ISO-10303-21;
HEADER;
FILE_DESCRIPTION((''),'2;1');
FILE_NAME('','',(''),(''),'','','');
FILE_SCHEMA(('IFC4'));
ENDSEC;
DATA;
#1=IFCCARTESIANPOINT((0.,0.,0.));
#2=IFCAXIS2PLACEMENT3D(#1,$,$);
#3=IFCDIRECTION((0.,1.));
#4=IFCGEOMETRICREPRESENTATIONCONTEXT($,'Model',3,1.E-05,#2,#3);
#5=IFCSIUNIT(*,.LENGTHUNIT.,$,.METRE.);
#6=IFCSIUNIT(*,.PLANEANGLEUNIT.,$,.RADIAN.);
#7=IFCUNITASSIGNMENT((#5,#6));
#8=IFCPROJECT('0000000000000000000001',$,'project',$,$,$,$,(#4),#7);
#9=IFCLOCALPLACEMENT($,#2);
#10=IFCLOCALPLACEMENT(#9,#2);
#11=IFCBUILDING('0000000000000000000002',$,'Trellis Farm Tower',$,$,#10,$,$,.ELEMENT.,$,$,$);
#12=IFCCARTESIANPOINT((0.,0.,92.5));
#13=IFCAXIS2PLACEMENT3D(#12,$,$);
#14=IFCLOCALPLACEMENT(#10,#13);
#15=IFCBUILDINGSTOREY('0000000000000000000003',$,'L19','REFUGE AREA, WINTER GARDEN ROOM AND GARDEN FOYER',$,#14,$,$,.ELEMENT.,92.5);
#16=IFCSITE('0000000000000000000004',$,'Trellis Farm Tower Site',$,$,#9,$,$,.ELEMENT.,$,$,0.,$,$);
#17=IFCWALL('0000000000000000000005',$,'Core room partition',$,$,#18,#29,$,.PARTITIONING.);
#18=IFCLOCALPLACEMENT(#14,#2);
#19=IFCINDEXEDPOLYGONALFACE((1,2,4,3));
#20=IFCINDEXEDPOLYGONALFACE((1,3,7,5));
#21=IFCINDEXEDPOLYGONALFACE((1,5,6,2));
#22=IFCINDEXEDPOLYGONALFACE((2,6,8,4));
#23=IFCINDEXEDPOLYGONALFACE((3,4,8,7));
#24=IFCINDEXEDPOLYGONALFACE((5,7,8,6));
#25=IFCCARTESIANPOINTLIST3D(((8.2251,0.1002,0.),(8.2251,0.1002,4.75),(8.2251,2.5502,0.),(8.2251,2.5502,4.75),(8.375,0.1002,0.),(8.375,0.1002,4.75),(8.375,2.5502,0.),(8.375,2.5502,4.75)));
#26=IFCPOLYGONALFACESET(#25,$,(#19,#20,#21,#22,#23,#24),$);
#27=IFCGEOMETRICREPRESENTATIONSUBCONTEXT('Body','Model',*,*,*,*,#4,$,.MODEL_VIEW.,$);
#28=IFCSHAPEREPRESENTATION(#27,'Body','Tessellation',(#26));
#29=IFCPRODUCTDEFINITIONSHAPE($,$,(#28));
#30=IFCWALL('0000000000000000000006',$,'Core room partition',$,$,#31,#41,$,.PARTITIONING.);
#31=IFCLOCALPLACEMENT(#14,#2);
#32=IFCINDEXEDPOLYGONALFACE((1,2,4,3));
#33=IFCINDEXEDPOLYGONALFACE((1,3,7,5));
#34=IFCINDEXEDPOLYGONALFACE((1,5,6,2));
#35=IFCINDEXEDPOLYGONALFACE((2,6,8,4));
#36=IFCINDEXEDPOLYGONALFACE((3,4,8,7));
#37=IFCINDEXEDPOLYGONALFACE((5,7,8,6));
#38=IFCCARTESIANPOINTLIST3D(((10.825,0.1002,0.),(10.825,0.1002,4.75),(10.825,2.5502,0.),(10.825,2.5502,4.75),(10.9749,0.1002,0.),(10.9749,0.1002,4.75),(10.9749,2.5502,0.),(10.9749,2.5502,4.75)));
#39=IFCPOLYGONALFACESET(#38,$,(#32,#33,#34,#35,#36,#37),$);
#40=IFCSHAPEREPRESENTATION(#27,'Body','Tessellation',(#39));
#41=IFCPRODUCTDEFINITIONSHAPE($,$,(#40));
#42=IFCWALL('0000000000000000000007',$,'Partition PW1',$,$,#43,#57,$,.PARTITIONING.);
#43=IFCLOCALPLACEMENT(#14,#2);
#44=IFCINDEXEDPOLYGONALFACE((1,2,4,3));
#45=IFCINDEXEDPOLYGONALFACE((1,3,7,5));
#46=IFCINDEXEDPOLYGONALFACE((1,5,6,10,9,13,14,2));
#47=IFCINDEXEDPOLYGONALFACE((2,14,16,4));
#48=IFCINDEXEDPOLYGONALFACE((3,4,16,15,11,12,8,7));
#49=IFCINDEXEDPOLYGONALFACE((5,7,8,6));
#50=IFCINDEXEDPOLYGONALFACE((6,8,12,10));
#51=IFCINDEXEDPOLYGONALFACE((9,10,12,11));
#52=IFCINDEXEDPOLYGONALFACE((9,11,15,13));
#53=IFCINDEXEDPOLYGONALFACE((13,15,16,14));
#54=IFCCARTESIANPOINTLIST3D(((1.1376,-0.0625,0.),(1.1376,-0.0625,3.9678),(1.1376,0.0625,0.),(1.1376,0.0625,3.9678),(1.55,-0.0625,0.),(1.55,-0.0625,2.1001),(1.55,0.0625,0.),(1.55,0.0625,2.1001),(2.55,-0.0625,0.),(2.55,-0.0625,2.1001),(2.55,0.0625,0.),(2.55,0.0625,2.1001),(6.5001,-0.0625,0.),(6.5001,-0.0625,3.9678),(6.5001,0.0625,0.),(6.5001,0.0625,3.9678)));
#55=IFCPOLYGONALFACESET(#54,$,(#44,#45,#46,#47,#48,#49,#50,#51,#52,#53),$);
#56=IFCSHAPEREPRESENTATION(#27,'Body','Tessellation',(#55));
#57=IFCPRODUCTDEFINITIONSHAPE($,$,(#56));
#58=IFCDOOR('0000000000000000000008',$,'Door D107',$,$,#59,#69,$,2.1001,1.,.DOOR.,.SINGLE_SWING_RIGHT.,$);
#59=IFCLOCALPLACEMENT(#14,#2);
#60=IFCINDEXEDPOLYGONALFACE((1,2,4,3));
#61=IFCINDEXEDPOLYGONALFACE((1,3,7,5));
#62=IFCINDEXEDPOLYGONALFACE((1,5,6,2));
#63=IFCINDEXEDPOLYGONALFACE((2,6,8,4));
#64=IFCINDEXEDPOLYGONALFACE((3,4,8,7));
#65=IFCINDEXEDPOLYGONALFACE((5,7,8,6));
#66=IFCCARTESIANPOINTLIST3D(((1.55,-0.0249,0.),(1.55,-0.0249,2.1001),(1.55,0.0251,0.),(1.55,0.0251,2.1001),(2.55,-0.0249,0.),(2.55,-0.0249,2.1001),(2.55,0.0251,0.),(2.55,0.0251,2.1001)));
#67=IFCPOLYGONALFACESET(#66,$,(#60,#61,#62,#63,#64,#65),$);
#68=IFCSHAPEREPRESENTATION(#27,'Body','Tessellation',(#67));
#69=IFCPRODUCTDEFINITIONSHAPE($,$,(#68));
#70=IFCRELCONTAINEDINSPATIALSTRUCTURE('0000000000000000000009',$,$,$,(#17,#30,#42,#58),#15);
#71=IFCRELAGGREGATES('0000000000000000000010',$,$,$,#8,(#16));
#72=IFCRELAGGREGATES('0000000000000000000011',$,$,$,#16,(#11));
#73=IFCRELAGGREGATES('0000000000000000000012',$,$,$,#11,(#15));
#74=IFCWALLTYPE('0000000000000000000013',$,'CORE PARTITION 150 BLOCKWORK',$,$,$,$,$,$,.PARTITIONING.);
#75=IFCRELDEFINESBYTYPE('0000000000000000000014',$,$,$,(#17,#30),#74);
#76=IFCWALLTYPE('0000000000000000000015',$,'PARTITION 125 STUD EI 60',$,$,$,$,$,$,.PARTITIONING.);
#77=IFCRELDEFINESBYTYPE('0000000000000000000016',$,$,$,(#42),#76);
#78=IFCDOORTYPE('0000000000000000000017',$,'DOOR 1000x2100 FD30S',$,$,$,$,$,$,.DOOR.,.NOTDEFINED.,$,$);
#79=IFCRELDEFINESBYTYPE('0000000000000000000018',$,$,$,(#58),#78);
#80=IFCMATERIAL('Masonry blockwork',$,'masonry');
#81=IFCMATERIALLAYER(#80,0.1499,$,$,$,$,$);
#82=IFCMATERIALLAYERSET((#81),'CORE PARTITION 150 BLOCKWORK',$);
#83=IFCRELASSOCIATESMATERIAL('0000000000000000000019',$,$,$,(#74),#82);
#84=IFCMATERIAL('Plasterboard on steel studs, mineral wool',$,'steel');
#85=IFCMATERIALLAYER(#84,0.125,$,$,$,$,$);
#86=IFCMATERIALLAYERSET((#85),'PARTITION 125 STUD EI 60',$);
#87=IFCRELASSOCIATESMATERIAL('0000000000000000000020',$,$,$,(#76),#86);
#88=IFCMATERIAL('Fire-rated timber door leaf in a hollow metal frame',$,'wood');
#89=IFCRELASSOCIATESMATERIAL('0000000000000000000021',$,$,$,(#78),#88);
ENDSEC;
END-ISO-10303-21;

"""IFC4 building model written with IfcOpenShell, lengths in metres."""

from ifc_helpers import new_model, si_unit, direction, frame, frame_2d, origin, place, context, subcontext, project, spatial, rectangle, extrude, source, transform, mapped, material, layer, layer_set, type_object, element, fill, save


model = new_model("IFC4")

# Units and contexts
model_context = context("Model", 3, precision=1e-05, world=origin(), true_north=direction((0.0, 1.0)))
body_context = subcontext(model_context, "Body", "Model", "MODEL_VIEW")
ifc_project = project(units=[si_unit("LENGTHUNIT", "METRE"), si_unit("PLANEANGLEUNIT", "RADIAN")], contexts=[model_context])

# Site, building, storey
site_placement = place(None, origin())
site = spatial("IfcSite", under=ifc_project, at=site_placement, Name="Trellis Farm Tower Site", CompositionType="ELEMENT", RefElevation=0.0)
building_placement = place(site_placement, origin())
building = spatial("IfcBuilding", under=site, at=building_placement, Name="Trellis Farm Tower", CompositionType="ELEMENT")
storey_placement = place(building_placement, frame((0.0, 0.0, 92.5)))
storey = spatial("IfcBuildingStorey", under=building, at=storey_placement, Name="L19", Description="REFUGE AREA, WINTER GARDEN ROOM AND GARDEN FOYER", CompositionType="ELEMENT", Elevation=92.5)

# Walls
ifc_material_1 = material(Name="Masonry blockwork", Category="masonry")
ifc_layer_1 = layer(ifc_material_1, 0.1499)
ifc_layer_set_1 = layer_set([ifc_layer_1], Name="CORE PARTITION 150 BLOCKWORK")
wall_type_1 = type_object("IfcWallType", Name="CORE PARTITION 150 BLOCKWORK", PredefinedType="PARTITIONING", material=ifc_layer_set_1)
shared_shape_1 = source(origin(), body_context, "Body", "SweptSolid", [
    extrude(rectangle(XDim=2.45, YDim=0.1499, at=frame_2d((1.2251, 0.0))), origin(), (0.0, 0.0, 1.0), 4.75),
])
for number, where, z_axis, x_axis, name in (
    (1, (8.3, 0.1001, 0.0), (0.0, 0.0, 1.0), (0.0, 1.0, 0.0), "Core room partition"),
    (2, (10.8999, 0.1001, 0.0), (0.0, 0.0, 1.0), (0.0, 1.0, 0.0), "Core room partition"),
):
    element("IfcWall", number, at=place(storey_placement, frame(where, z_axis=z_axis, x_axis=x_axis)), inside=storey, type_object=wall_type_1, Name=name, PredefinedType="PARTITIONING", context=body_context, shape_type="MappedRepresentation", body=[
        mapped(shared_shape_1, transform((0.0, 0.0, 0.0))),
    ])

# Wall, opening, door
ifc_material_2 = material(Name="Plasterboard on steel studs, mineral wool", Category="steel")
ifc_layer_2 = layer(ifc_material_2, 0.125)
ifc_layer_set_2 = layer_set([ifc_layer_2], Name="PARTITION 125 STUD EI 60")
wall_type_2 = type_object("IfcWallType", Name="PARTITION 125 STUD EI 60", PredefinedType="PARTITIONING", material=ifc_layer_set_2)
shared_shape_2 = source(origin(), body_context, "Body", "SweptSolid", [
    extrude(rectangle(XDim=5.3625, YDim=0.125, at=frame_2d((2.6812, 0.0))), origin(), (0.0, 0.0, 1.0), 3.9678),
])
wall_1_placement = place(storey_placement, frame((6.5, 0.0, 0.0), z_axis=(0.0, 0.0, 1.0), x_axis=(-1.0, 0.0, 0.0)))
wall_1 = element("IfcWall", 3, at=wall_1_placement, inside=storey, type_object=wall_type_2, Name="Partition PW1", PredefinedType="PARTITIONING", context=body_context, shape_type="MappedRepresentation", body=[
    mapped(shared_shape_2, transform((0.0, 0.0, 0.0))),
])
shared_shape_3 = source(origin(), body_context, "Body", "SweptSolid", [
    extrude(rectangle(XDim=1.0, YDim=2.1001, at=frame_2d((0.5, 1.05))), frame((0.0, 0.0725, 0.0), z_axis=(0.0, -1.0, 0.0), x_axis=(1.0, 0.0, 0.0)), (0.0, 0.0, 1.0), 0.145),
])
opening_1_placement = place(wall_1_placement, frame((3.95, 0.0, 0.0)))
opening_1 = element("IfcOpeningElement", 4, at=opening_1_placement, cuts=wall_1, PredefinedType="OPENING", context=body_context, shape_type="MappedRepresentation", body=[
    mapped(shared_shape_3, transform((0.0, 0.0, 0.0))),
])
ifc_material_3 = material(Name="Fire-rated timber door leaf in a hollow metal frame", Category="wood")
door_type_1 = type_object("IfcDoorType", Name="DOOR 1000x2100 FD30S", OperationType="NOTDEFINED", PredefinedType="DOOR", material=ifc_material_3)
shared_shape_4 = source(origin(), body_context, "Body", "SweptSolid", [
    extrude(rectangle(XDim=1.0, YDim=2.1001, at=frame_2d((0.5, 1.05))), frame((0.0, 0.0249, 0.0), z_axis=(0.0, -1.0, 0.0), x_axis=(1.0, 0.0, 0.0)), (0.0, 0.0, 1.0), 0.05),
])
door_1_placement = place(opening_1_placement, origin())
door_1 = element("IfcDoor", 5, at=door_1_placement, inside=storey, type_object=door_type_1, Name="Door D107", OperationType="SINGLE_SWING_RIGHT", OverallHeight=2.1001, OverallWidth=1.0, PredefinedType="DOOR", context=body_context, shape_type="MappedRepresentation", body=[
    mapped(shared_shape_4, transform((0.0, 0.0, 0.0))),
])
fill(opening_1, door_1)

save(model, "model.ifc")
